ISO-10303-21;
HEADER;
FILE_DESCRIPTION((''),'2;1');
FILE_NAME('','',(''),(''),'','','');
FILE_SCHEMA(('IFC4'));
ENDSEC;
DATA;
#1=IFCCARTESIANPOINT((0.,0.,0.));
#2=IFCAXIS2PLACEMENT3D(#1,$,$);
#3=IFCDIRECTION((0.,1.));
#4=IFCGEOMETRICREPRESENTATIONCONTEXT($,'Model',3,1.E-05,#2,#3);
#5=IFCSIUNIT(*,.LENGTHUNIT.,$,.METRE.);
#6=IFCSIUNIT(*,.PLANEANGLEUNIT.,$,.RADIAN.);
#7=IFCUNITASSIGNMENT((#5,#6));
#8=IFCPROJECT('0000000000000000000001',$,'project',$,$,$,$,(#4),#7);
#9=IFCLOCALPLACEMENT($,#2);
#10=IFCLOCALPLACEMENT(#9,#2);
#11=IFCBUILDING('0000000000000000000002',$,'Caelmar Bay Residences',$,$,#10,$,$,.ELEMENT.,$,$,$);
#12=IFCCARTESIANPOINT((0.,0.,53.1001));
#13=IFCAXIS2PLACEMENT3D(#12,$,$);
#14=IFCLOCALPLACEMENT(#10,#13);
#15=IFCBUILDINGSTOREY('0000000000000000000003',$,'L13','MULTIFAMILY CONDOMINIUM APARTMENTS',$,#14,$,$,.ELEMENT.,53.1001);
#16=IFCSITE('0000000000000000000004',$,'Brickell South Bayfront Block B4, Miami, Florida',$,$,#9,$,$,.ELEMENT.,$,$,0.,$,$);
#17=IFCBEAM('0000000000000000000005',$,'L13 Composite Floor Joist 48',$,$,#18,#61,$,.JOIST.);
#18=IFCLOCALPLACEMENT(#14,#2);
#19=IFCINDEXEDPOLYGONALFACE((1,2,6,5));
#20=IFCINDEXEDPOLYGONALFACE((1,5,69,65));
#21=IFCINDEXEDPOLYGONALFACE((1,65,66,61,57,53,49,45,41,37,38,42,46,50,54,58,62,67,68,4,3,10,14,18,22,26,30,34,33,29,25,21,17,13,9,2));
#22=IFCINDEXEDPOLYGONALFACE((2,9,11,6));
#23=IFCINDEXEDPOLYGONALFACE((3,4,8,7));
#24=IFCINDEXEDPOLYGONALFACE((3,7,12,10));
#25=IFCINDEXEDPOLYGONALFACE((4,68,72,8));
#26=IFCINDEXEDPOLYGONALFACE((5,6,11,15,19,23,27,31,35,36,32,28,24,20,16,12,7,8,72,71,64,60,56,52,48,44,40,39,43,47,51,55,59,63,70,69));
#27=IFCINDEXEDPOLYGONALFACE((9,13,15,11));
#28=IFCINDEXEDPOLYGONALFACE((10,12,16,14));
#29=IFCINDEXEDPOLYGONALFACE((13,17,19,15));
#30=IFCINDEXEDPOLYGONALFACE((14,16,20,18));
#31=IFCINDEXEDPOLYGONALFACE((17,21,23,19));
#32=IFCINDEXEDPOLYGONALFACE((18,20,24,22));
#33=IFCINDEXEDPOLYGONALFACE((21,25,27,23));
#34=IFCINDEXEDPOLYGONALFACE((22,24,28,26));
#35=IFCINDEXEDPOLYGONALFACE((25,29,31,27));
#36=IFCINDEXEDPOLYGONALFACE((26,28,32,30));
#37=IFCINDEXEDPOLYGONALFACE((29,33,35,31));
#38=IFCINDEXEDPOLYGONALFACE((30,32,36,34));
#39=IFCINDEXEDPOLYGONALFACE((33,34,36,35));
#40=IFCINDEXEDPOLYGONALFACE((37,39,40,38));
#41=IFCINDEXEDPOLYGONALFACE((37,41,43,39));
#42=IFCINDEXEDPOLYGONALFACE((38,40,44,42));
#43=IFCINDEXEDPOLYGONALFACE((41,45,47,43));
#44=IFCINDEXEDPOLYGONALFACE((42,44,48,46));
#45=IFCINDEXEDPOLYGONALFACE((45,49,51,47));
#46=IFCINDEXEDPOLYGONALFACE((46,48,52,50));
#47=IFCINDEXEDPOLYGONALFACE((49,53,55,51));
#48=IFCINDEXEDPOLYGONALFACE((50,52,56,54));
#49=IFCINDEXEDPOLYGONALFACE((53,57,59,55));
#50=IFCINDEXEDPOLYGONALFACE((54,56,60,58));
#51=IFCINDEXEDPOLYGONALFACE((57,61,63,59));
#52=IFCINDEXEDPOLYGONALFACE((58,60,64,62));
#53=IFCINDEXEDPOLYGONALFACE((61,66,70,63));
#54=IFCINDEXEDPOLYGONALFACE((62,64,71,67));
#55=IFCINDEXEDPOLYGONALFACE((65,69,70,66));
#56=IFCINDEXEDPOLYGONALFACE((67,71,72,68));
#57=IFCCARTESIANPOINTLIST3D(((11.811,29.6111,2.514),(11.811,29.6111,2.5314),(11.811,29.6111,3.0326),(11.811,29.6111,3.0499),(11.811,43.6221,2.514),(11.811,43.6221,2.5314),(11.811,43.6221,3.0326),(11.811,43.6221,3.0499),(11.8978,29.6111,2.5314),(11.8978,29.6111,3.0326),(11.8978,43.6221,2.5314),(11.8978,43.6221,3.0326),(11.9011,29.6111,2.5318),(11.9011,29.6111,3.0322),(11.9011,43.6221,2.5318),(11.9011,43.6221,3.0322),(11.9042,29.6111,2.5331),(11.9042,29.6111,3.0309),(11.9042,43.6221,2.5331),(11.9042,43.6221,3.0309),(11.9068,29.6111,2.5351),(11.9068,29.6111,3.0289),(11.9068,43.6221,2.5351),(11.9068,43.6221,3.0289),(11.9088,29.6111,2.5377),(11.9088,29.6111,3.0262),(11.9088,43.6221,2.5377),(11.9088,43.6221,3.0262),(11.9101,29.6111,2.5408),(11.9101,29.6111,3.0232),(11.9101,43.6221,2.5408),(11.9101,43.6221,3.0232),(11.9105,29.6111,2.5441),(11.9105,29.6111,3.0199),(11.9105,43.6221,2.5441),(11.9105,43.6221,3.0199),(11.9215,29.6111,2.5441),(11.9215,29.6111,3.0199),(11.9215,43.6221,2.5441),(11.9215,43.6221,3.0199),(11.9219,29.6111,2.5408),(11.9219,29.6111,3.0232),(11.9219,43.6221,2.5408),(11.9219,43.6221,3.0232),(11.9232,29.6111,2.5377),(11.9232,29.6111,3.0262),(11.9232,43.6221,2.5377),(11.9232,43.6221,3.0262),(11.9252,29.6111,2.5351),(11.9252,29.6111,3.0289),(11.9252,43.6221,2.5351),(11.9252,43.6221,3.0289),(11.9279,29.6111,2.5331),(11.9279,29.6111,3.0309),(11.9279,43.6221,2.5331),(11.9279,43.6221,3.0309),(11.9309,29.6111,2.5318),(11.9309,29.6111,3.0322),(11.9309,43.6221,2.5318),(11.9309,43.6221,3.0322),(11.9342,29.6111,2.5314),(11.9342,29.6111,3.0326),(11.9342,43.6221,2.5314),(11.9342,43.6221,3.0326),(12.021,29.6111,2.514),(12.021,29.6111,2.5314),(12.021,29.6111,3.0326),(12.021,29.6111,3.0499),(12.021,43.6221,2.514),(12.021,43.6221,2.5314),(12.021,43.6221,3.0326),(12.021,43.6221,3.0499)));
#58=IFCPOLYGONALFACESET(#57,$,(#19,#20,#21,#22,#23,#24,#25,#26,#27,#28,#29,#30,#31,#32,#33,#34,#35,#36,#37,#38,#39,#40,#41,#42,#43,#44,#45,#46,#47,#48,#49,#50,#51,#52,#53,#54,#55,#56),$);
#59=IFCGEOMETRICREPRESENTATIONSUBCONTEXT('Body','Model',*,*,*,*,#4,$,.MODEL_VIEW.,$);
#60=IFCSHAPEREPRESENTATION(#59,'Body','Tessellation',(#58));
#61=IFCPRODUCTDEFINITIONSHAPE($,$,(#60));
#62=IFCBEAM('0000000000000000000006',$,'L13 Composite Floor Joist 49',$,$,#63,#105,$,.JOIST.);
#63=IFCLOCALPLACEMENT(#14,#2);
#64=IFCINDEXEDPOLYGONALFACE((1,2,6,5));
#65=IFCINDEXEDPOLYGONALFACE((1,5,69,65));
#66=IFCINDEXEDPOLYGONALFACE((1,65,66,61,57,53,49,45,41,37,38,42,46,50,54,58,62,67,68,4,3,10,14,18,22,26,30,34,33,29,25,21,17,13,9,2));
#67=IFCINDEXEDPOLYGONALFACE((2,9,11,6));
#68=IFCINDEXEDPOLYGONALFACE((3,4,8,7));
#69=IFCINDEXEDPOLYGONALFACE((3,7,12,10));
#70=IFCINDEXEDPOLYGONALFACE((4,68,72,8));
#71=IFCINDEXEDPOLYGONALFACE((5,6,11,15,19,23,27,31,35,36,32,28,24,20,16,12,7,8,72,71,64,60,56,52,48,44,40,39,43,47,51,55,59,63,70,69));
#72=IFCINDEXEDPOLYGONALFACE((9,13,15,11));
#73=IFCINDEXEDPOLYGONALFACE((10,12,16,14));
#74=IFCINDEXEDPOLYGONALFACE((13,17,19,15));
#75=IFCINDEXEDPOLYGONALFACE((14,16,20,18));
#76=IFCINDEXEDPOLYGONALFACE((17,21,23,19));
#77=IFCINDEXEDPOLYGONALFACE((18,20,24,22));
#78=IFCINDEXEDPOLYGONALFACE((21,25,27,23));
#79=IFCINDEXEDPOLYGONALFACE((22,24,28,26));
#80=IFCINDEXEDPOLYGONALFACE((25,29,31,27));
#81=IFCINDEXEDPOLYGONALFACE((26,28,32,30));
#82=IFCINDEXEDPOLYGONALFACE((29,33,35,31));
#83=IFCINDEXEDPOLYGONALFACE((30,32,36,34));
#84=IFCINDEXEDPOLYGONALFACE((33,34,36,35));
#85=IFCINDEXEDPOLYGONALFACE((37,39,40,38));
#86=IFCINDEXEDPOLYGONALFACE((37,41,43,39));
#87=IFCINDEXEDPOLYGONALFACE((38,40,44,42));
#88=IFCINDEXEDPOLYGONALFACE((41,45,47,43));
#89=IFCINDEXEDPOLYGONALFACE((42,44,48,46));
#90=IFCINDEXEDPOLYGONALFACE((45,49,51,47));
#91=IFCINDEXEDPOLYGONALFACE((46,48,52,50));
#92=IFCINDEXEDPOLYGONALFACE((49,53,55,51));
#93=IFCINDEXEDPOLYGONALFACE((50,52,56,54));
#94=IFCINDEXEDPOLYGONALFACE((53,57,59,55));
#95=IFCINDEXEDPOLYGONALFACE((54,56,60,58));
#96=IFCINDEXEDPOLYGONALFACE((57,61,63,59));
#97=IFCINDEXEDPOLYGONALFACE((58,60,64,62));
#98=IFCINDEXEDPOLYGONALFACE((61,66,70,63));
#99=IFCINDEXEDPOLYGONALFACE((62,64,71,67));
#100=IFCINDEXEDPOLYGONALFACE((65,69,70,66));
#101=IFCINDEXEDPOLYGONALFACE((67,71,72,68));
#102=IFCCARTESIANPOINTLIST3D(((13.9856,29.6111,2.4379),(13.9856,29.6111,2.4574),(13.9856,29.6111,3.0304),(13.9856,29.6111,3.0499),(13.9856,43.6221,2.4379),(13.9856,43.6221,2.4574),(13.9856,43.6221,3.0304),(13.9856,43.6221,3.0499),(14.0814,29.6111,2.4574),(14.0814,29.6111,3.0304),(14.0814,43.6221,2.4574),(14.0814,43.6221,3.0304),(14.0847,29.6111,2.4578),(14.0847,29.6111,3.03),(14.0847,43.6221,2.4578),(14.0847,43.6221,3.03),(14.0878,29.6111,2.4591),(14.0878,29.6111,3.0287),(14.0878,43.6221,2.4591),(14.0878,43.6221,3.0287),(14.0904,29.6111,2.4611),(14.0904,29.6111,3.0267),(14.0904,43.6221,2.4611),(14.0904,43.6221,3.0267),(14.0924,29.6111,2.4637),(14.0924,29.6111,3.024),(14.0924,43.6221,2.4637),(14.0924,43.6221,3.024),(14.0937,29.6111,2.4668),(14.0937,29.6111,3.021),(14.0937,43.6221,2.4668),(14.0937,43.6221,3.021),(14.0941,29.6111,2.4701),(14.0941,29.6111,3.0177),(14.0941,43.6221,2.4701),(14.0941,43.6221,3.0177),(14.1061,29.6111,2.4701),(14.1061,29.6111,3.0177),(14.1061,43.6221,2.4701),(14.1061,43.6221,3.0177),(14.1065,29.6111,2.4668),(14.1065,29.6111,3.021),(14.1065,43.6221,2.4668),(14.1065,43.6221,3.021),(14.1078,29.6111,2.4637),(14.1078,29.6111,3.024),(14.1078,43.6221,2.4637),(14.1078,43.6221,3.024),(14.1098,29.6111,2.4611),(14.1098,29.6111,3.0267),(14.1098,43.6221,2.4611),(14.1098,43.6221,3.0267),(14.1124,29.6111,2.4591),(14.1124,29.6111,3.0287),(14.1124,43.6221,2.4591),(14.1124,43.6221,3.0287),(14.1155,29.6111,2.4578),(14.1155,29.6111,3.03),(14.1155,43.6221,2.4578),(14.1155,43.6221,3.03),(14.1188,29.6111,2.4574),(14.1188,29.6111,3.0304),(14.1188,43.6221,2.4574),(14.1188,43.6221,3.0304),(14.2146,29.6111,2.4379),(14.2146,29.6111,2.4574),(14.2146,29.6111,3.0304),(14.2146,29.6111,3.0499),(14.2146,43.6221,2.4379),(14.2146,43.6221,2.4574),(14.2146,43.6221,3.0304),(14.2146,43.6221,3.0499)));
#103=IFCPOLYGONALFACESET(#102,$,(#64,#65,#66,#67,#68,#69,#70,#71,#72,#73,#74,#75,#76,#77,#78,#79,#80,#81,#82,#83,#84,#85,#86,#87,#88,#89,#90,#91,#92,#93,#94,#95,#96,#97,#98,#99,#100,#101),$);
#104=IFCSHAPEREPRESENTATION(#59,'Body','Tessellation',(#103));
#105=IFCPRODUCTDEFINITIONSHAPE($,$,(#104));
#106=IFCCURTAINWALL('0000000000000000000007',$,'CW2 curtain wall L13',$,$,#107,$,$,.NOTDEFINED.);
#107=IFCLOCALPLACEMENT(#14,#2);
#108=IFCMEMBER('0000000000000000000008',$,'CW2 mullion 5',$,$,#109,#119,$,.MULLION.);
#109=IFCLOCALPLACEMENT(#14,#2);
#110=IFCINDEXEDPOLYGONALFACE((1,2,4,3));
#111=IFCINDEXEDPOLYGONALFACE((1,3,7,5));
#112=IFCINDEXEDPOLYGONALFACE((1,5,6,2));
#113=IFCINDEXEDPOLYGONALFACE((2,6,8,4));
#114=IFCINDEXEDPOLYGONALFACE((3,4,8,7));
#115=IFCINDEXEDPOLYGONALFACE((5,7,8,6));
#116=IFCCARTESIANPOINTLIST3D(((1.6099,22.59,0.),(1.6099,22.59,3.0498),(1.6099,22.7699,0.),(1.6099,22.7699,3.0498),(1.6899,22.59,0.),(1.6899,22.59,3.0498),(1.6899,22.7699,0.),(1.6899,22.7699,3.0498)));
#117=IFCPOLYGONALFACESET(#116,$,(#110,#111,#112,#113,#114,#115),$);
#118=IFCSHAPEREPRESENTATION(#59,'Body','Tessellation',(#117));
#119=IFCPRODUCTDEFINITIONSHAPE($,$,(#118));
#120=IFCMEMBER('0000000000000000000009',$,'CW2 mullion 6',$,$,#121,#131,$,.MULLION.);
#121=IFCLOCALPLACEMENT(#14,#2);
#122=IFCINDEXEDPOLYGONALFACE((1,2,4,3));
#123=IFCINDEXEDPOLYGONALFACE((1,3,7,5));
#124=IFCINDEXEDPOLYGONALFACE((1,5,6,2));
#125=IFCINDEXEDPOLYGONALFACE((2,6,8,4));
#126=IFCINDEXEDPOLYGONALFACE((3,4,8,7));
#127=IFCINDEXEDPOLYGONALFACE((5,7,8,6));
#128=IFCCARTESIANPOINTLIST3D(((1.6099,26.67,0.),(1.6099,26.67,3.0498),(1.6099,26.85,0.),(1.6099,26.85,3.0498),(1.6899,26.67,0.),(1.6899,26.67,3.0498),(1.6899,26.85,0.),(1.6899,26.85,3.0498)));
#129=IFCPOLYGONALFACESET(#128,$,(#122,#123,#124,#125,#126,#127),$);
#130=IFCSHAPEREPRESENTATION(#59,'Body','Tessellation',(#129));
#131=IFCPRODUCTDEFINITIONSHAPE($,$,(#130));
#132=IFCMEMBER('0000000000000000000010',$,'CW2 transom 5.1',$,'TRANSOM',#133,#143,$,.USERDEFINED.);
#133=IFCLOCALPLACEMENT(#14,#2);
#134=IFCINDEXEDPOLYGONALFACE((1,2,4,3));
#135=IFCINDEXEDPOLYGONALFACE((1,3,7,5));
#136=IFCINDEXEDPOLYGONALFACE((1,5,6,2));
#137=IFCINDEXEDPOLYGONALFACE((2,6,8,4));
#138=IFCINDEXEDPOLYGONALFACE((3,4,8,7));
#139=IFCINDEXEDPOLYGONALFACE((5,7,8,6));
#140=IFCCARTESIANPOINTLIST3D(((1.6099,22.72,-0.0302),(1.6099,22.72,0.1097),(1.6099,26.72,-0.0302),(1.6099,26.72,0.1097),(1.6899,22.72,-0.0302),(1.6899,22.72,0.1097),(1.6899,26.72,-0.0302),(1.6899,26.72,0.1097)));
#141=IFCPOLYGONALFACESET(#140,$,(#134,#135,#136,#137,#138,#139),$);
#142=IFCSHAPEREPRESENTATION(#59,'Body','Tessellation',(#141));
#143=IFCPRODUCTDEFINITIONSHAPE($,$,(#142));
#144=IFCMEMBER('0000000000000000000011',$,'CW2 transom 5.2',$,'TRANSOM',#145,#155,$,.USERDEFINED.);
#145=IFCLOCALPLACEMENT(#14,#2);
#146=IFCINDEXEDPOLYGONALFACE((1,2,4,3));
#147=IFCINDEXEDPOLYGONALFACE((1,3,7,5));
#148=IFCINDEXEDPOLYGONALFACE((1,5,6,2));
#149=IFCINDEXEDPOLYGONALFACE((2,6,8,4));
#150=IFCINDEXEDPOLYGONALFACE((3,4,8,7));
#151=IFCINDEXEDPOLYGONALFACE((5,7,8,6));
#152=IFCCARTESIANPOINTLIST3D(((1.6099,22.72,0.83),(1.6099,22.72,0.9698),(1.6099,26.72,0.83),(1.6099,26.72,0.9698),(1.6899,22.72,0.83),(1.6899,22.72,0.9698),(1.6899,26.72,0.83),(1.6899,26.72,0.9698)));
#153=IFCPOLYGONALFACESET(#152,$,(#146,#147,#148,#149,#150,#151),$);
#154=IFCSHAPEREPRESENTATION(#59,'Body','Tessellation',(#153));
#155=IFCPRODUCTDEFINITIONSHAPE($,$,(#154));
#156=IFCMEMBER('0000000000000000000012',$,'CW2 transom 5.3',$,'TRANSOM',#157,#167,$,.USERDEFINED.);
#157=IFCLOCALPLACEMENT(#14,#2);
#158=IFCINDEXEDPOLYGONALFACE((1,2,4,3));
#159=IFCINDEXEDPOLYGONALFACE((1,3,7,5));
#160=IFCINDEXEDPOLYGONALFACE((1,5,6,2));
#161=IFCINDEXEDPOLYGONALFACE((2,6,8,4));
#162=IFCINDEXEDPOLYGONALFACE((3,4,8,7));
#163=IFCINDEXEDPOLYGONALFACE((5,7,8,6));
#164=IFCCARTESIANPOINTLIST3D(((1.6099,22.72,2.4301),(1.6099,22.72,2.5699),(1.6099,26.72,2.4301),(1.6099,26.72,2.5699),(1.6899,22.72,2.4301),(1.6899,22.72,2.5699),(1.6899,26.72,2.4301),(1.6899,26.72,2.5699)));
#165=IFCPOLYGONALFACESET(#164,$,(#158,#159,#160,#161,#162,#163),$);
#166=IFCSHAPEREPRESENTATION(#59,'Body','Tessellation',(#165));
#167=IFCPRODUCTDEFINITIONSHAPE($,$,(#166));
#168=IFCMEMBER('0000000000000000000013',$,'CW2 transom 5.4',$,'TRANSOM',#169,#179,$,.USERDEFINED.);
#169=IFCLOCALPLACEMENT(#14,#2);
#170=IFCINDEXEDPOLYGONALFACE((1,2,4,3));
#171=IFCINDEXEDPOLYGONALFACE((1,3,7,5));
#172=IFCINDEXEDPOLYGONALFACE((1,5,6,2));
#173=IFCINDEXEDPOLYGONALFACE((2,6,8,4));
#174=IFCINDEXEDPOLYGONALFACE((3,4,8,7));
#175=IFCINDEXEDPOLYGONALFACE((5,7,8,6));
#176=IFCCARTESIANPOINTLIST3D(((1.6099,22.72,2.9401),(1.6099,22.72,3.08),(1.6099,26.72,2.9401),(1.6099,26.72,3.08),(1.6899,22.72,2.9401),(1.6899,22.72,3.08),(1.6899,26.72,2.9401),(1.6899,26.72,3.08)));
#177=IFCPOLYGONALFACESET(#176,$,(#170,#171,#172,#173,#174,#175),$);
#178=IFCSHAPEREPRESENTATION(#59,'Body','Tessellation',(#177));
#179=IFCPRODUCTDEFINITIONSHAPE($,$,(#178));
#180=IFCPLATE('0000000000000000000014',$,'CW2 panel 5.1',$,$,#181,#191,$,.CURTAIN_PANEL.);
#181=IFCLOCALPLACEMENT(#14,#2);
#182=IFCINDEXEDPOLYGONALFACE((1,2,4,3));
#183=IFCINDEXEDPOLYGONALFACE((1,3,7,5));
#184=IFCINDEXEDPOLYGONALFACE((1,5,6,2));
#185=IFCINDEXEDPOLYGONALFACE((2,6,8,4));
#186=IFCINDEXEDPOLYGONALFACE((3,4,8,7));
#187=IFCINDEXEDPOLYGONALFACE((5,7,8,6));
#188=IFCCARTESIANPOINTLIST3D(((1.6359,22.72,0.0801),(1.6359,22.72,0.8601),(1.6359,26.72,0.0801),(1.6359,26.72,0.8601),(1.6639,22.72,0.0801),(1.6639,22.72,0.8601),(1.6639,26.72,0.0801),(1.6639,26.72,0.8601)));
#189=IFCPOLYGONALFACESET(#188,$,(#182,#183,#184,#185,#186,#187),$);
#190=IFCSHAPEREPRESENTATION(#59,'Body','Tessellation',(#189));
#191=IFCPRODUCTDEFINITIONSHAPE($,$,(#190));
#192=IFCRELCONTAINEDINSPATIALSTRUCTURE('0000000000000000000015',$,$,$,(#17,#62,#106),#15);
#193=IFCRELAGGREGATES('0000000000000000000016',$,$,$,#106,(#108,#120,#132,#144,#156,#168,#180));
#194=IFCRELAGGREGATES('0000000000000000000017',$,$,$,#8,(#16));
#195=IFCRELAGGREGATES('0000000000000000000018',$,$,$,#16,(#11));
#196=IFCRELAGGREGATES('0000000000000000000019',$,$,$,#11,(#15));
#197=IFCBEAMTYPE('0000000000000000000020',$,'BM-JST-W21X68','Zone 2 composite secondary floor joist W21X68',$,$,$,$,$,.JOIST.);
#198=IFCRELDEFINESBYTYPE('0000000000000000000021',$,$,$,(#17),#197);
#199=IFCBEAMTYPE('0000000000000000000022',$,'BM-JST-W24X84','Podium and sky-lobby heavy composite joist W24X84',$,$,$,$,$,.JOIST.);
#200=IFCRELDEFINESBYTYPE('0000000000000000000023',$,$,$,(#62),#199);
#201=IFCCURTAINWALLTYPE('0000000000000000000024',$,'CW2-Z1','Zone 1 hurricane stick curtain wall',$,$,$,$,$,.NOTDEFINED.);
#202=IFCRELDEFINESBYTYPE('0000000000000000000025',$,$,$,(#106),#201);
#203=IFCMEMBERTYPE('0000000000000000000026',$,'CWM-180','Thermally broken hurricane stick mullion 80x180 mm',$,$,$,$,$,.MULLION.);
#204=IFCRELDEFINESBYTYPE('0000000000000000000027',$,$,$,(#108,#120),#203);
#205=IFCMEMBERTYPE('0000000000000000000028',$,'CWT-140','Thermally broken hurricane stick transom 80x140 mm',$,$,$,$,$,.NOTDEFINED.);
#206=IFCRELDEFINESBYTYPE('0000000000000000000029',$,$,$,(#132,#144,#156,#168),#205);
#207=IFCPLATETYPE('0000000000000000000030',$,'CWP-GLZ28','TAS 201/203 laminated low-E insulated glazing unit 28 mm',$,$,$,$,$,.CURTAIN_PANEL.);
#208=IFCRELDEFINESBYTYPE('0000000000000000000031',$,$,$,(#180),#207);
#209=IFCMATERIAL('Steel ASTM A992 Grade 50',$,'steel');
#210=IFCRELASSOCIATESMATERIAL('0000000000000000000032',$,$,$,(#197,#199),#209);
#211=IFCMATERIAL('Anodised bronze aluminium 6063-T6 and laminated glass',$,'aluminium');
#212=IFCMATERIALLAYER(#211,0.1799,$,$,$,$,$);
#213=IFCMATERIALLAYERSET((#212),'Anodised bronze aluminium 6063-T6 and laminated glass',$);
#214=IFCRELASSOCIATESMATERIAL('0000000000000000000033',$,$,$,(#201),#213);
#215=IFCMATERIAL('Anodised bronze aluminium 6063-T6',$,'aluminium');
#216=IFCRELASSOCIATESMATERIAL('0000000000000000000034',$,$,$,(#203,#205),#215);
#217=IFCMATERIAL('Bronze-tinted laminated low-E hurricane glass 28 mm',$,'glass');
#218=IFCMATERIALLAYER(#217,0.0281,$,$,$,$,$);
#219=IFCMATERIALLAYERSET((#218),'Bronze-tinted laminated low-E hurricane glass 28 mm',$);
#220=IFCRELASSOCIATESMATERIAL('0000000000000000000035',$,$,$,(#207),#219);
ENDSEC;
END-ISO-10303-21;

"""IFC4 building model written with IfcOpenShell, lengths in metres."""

from ifc_helpers import new_model, si_unit, direction, frame, origin, origin_2d, place, context, subcontext, project, spatial, rectangle, i_section, extrude, material, layer, layer_set, material_profile, profile_set, type_object, element, aggregate, save


model = new_model("IFC4")

# Units and contexts
model_context = context("Model", 3, precision=1e-05, world=origin(), true_north=direction((0.0, 1.0)))
body_context = subcontext(model_context, "Body", "Model", "MODEL_VIEW")
ifc_project = project(units=[si_unit("LENGTHUNIT", "METRE"), si_unit("PLANEANGLEUNIT", "RADIAN")], contexts=[model_context])

# Site, building, storey
site_placement = place(None, origin())
site = spatial("IfcSite", under=ifc_project, at=site_placement, Name="Brickell South Bayfront Block B4, Miami, Florida", CompositionType="ELEMENT", RefElevation=0.0)
building_placement = place(site_placement, origin())
building = spatial("IfcBuilding", under=site, at=building_placement, Name="Caelmar Bay Residences", CompositionType="ELEMENT")
storey_placement = place(building_placement, frame((0.0, 0.0, 53.1001)))
storey = spatial("IfcBuildingStorey", under=building, at=storey_placement, Name="L13", Description="MULTIFAMILY CONDOMINIUM APARTMENTS", CompositionType="ELEMENT", Elevation=53.1001)

# Beams
ifc_material_1 = material(Name="Steel ASTM A992 Grade 50", Category="steel")
ifc_material_profile_1 = material_profile(ifc_material_1, i_section(OverallWidth=0.21, OverallDepth=0.5359, WebThickness=0.011, FlangeThickness=0.0173, FilletRadius=0.0127, at=origin_2d()), Name="W21X68")
ifc_profile_set_1 = profile_set([ifc_material_profile_1], Name="Steel ASTM A992 Grade 50")
beam_type_1 = type_object("IfcBeamType", Name="BM-JST-W21X68", Description="Zone 2 composite secondary floor joist W21X68", PredefinedType="JOIST", material=ifc_profile_set_1)
beam_1_placement = place(storey_placement, frame((11.916, 29.6111, 2.782), z_axis=(0.0, 1.0, 0.0), x_axis=(-1.0, 0.0, 0.0)))
element("IfcBeam", 1, at=beam_1_placement, inside=storey, type_object=beam_type_1, Name="L13 Composite Floor Joist 48", PredefinedType="JOIST", context=body_context, shape_type="SweptSolid", body=[
    extrude(i_section(OverallWidth=0.21, OverallDepth=0.5359, WebThickness=0.011, FlangeThickness=0.0173, FilletRadius=0.0127, at=origin_2d()), origin(), (0.0, 0.0, 1.0), 14.011),
])
ifc_material_profile_2 = material_profile(ifc_material_1, i_section(OverallWidth=0.229, OverallDepth=0.6121, WebThickness=0.012, FlangeThickness=0.0195, FilletRadius=0.0127, at=origin_2d()), Name="W24X84")
ifc_profile_set_2 = profile_set([ifc_material_profile_2], Name="Steel ASTM A992 Grade 50")
beam_type_2 = type_object("IfcBeamType", Name="BM-JST-W24X84", Description="Podium and sky-lobby heavy composite joist W24X84", PredefinedType="JOIST", material=ifc_profile_set_2)
beam_2_placement = place(storey_placement, frame((14.1001, 29.6111, 2.7439), z_axis=(0.0, 1.0, 0.0), x_axis=(-1.0, 0.0, 0.0)))
element("IfcBeam", 2, at=beam_2_placement, inside=storey, type_object=beam_type_2, Name="L13 Composite Floor Joist 49", PredefinedType="JOIST", context=body_context, shape_type="SweptSolid", body=[
    extrude(i_section(OverallWidth=0.229, OverallDepth=0.6121, WebThickness=0.012, FlangeThickness=0.0195, FilletRadius=0.0127, at=origin_2d()), origin(), (0.0, 0.0, 1.0), 14.011),
])

# Curtain wall, members, plate
ifc_material_2 = material(Name="Anodised bronze aluminium 6063-T6 and laminated glass", Category="aluminium")
ifc_layer_1 = layer(ifc_material_2, 0.1799)
ifc_layer_set_1 = layer_set([ifc_layer_1], Name="Anodised bronze aluminium 6063-T6 and laminated glass")
curtain_wall_type = type_object("IfcCurtainWallType", Name="CW2-Z1", Description="Zone 1 hurricane stick curtain wall", PredefinedType="NOTDEFINED", material=ifc_layer_set_1)
curtain_wall_placement = place(storey_placement, origin())
curtain_wall = element("IfcCurtainWall", 3, at=curtain_wall_placement, inside=storey, type_object=curtain_wall_type, Name="CW2 curtain wall L13", PredefinedType="NOTDEFINED")
ifc_material_3 = material(Name="Anodised bronze aluminium 6063-T6", Category="aluminium")
ifc_material_profile_3 = material_profile(ifc_material_3, rectangle(XDim=0.0801, YDim=0.1799, at=origin_2d()), Name="CWM-80X180")
ifc_profile_set_3 = profile_set([ifc_material_profile_3], Name="Anodised bronze aluminium 6063-T6")
member_type_1 = type_object("IfcMemberType", Name="CWM-180", Description="Thermally broken hurricane stick mullion 80x180 mm", PredefinedType="MULLION", material=ifc_profile_set_3)
member_1_placement = place(storey_placement, frame((1.6499, 22.6799, 0.0), z_axis=(0.0, 0.0, 1.0), x_axis=(-1.0, 0.0, 0.0)))
member_1 = element("IfcMember", 4, at=member_1_placement, type_object=member_type_1, Name="CW2 mullion 5", PredefinedType="MULLION", context=body_context, shape_type="SweptSolid", body=[
    extrude(rectangle(XDim=0.0801, YDim=0.1799, at=origin_2d()), origin(), (0.0, 0.0, 1.0), 3.0498),
])
member_2_placement = place(storey_placement, frame((1.6499, 26.76, 0.0), z_axis=(0.0, 0.0, 1.0), x_axis=(-1.0, 0.0, 0.0)))
member_2 = element("IfcMember", 5, at=member_2_placement, type_object=member_type_1, Name="CW2 mullion 6", PredefinedType="MULLION", context=body_context, shape_type="SweptSolid", body=[
    extrude(rectangle(XDim=0.0801, YDim=0.1799, at=origin_2d()), origin(), (0.0, 0.0, 1.0), 3.0498),
])
ifc_material_profile_4 = material_profile(ifc_material_3, rectangle(XDim=0.0801, YDim=0.1399, at=origin_2d()), Name="CWT-80X140")
ifc_profile_set_4 = profile_set([ifc_material_profile_4], Name="Anodised bronze aluminium 6063-T6")
member_type_2 = type_object("IfcMemberType", Name="CWT-140", Description="Thermally broken hurricane stick transom 80x140 mm", PredefinedType="NOTDEFINED", material=ifc_profile_set_4)
member_3_placement = place(storey_placement, frame((1.6499, 22.72, 0.0398), z_axis=(0.0, 1.0, 0.0), x_axis=(-1.0, 0.0, 0.0)))
member_3 = element("IfcMember", 6, at=member_3_placement, type_object=member_type_2, Name="CW2 transom 5.1", ObjectType="TRANSOM", PredefinedType="USERDEFINED", context=body_context, shape_type="SweptSolid", body=[
    extrude(rectangle(XDim=0.0801, YDim=0.1399, at=origin_2d()), origin(), (0.0, 0.0, 1.0), 4.0),
])
member_4_placement = place(storey_placement, frame((1.6499, 22.72, 0.8999), z_axis=(0.0, 1.0, 0.0), x_axis=(-1.0, 0.0, 0.0)))
member_4 = element("IfcMember", 7, at=member_4_placement, type_object=member_type_2, Name="CW2 transom 5.2", ObjectType="TRANSOM", PredefinedType="USERDEFINED", context=body_context, shape_type="SweptSolid", body=[
    extrude(rectangle(XDim=0.0801, YDim=0.1399, at=origin_2d()), origin(), (0.0, 0.0, 1.0), 4.0),
])
member_5_placement = place(storey_placement, frame((1.6499, 22.72, 2.5), z_axis=(0.0, 1.0, 0.0), x_axis=(-1.0, 0.0, 0.0)))
member_5 = element("IfcMember", 8, at=member_5_placement, type_object=member_type_2, Name="CW2 transom 5.3", ObjectType="TRANSOM", PredefinedType="USERDEFINED", context=body_context, shape_type="SweptSolid", body=[
    extrude(rectangle(XDim=0.0801, YDim=0.1399, at=origin_2d()), origin(), (0.0, 0.0, 1.0), 4.0),
])
member_6_placement = place(storey_placement, frame((1.6499, 22.72, 3.01), z_axis=(0.0, 1.0, 0.0), x_axis=(-1.0, 0.0, 0.0)))
member_6 = element("IfcMember", 9, at=member_6_placement, type_object=member_type_2, Name="CW2 transom 5.4", ObjectType="TRANSOM", PredefinedType="USERDEFINED", context=body_context, shape_type="SweptSolid", body=[
    extrude(rectangle(XDim=0.0801, YDim=0.1399, at=origin_2d()), origin(), (0.0, 0.0, 1.0), 4.0),
])
ifc_material_4 = material(Name="Bronze-tinted laminated low-E hurricane glass 28 mm", Category="glass")
ifc_layer_2 = layer(ifc_material_4, 0.0281)
ifc_layer_set_2 = layer_set([ifc_layer_2], Name="Bronze-tinted laminated low-E hurricane glass 28 mm")
plate_type = type_object("IfcPlateType", Name="CWP-GLZ28", Description="TAS 201/203 laminated low-E insulated glazing unit 28 mm", PredefinedType="CURTAIN_PANEL", material=ifc_layer_set_2)
plate_1_placement = place(storey_placement, frame((1.6499, 24.72, 0.0801), z_axis=(0.0, 0.0, 1.0), x_axis=(0.0, 1.0, 0.0)))
plate_1 = element("IfcPlate", 10, at=plate_1_placement, type_object=plate_type, Name="CW2 panel 5.1", PredefinedType="CURTAIN_PANEL", context=body_context, shape_type="SweptSolid", body=[
    extrude(rectangle(XDim=4.0, YDim=0.0281, at=origin_2d()), origin(), (0.0, 0.0, 1.0), 0.78),
])
aggregate(curtain_wall, [member_1, member_2, member_3, member_4, member_5, member_6, plate_1])

save(model, "model.ifc")
